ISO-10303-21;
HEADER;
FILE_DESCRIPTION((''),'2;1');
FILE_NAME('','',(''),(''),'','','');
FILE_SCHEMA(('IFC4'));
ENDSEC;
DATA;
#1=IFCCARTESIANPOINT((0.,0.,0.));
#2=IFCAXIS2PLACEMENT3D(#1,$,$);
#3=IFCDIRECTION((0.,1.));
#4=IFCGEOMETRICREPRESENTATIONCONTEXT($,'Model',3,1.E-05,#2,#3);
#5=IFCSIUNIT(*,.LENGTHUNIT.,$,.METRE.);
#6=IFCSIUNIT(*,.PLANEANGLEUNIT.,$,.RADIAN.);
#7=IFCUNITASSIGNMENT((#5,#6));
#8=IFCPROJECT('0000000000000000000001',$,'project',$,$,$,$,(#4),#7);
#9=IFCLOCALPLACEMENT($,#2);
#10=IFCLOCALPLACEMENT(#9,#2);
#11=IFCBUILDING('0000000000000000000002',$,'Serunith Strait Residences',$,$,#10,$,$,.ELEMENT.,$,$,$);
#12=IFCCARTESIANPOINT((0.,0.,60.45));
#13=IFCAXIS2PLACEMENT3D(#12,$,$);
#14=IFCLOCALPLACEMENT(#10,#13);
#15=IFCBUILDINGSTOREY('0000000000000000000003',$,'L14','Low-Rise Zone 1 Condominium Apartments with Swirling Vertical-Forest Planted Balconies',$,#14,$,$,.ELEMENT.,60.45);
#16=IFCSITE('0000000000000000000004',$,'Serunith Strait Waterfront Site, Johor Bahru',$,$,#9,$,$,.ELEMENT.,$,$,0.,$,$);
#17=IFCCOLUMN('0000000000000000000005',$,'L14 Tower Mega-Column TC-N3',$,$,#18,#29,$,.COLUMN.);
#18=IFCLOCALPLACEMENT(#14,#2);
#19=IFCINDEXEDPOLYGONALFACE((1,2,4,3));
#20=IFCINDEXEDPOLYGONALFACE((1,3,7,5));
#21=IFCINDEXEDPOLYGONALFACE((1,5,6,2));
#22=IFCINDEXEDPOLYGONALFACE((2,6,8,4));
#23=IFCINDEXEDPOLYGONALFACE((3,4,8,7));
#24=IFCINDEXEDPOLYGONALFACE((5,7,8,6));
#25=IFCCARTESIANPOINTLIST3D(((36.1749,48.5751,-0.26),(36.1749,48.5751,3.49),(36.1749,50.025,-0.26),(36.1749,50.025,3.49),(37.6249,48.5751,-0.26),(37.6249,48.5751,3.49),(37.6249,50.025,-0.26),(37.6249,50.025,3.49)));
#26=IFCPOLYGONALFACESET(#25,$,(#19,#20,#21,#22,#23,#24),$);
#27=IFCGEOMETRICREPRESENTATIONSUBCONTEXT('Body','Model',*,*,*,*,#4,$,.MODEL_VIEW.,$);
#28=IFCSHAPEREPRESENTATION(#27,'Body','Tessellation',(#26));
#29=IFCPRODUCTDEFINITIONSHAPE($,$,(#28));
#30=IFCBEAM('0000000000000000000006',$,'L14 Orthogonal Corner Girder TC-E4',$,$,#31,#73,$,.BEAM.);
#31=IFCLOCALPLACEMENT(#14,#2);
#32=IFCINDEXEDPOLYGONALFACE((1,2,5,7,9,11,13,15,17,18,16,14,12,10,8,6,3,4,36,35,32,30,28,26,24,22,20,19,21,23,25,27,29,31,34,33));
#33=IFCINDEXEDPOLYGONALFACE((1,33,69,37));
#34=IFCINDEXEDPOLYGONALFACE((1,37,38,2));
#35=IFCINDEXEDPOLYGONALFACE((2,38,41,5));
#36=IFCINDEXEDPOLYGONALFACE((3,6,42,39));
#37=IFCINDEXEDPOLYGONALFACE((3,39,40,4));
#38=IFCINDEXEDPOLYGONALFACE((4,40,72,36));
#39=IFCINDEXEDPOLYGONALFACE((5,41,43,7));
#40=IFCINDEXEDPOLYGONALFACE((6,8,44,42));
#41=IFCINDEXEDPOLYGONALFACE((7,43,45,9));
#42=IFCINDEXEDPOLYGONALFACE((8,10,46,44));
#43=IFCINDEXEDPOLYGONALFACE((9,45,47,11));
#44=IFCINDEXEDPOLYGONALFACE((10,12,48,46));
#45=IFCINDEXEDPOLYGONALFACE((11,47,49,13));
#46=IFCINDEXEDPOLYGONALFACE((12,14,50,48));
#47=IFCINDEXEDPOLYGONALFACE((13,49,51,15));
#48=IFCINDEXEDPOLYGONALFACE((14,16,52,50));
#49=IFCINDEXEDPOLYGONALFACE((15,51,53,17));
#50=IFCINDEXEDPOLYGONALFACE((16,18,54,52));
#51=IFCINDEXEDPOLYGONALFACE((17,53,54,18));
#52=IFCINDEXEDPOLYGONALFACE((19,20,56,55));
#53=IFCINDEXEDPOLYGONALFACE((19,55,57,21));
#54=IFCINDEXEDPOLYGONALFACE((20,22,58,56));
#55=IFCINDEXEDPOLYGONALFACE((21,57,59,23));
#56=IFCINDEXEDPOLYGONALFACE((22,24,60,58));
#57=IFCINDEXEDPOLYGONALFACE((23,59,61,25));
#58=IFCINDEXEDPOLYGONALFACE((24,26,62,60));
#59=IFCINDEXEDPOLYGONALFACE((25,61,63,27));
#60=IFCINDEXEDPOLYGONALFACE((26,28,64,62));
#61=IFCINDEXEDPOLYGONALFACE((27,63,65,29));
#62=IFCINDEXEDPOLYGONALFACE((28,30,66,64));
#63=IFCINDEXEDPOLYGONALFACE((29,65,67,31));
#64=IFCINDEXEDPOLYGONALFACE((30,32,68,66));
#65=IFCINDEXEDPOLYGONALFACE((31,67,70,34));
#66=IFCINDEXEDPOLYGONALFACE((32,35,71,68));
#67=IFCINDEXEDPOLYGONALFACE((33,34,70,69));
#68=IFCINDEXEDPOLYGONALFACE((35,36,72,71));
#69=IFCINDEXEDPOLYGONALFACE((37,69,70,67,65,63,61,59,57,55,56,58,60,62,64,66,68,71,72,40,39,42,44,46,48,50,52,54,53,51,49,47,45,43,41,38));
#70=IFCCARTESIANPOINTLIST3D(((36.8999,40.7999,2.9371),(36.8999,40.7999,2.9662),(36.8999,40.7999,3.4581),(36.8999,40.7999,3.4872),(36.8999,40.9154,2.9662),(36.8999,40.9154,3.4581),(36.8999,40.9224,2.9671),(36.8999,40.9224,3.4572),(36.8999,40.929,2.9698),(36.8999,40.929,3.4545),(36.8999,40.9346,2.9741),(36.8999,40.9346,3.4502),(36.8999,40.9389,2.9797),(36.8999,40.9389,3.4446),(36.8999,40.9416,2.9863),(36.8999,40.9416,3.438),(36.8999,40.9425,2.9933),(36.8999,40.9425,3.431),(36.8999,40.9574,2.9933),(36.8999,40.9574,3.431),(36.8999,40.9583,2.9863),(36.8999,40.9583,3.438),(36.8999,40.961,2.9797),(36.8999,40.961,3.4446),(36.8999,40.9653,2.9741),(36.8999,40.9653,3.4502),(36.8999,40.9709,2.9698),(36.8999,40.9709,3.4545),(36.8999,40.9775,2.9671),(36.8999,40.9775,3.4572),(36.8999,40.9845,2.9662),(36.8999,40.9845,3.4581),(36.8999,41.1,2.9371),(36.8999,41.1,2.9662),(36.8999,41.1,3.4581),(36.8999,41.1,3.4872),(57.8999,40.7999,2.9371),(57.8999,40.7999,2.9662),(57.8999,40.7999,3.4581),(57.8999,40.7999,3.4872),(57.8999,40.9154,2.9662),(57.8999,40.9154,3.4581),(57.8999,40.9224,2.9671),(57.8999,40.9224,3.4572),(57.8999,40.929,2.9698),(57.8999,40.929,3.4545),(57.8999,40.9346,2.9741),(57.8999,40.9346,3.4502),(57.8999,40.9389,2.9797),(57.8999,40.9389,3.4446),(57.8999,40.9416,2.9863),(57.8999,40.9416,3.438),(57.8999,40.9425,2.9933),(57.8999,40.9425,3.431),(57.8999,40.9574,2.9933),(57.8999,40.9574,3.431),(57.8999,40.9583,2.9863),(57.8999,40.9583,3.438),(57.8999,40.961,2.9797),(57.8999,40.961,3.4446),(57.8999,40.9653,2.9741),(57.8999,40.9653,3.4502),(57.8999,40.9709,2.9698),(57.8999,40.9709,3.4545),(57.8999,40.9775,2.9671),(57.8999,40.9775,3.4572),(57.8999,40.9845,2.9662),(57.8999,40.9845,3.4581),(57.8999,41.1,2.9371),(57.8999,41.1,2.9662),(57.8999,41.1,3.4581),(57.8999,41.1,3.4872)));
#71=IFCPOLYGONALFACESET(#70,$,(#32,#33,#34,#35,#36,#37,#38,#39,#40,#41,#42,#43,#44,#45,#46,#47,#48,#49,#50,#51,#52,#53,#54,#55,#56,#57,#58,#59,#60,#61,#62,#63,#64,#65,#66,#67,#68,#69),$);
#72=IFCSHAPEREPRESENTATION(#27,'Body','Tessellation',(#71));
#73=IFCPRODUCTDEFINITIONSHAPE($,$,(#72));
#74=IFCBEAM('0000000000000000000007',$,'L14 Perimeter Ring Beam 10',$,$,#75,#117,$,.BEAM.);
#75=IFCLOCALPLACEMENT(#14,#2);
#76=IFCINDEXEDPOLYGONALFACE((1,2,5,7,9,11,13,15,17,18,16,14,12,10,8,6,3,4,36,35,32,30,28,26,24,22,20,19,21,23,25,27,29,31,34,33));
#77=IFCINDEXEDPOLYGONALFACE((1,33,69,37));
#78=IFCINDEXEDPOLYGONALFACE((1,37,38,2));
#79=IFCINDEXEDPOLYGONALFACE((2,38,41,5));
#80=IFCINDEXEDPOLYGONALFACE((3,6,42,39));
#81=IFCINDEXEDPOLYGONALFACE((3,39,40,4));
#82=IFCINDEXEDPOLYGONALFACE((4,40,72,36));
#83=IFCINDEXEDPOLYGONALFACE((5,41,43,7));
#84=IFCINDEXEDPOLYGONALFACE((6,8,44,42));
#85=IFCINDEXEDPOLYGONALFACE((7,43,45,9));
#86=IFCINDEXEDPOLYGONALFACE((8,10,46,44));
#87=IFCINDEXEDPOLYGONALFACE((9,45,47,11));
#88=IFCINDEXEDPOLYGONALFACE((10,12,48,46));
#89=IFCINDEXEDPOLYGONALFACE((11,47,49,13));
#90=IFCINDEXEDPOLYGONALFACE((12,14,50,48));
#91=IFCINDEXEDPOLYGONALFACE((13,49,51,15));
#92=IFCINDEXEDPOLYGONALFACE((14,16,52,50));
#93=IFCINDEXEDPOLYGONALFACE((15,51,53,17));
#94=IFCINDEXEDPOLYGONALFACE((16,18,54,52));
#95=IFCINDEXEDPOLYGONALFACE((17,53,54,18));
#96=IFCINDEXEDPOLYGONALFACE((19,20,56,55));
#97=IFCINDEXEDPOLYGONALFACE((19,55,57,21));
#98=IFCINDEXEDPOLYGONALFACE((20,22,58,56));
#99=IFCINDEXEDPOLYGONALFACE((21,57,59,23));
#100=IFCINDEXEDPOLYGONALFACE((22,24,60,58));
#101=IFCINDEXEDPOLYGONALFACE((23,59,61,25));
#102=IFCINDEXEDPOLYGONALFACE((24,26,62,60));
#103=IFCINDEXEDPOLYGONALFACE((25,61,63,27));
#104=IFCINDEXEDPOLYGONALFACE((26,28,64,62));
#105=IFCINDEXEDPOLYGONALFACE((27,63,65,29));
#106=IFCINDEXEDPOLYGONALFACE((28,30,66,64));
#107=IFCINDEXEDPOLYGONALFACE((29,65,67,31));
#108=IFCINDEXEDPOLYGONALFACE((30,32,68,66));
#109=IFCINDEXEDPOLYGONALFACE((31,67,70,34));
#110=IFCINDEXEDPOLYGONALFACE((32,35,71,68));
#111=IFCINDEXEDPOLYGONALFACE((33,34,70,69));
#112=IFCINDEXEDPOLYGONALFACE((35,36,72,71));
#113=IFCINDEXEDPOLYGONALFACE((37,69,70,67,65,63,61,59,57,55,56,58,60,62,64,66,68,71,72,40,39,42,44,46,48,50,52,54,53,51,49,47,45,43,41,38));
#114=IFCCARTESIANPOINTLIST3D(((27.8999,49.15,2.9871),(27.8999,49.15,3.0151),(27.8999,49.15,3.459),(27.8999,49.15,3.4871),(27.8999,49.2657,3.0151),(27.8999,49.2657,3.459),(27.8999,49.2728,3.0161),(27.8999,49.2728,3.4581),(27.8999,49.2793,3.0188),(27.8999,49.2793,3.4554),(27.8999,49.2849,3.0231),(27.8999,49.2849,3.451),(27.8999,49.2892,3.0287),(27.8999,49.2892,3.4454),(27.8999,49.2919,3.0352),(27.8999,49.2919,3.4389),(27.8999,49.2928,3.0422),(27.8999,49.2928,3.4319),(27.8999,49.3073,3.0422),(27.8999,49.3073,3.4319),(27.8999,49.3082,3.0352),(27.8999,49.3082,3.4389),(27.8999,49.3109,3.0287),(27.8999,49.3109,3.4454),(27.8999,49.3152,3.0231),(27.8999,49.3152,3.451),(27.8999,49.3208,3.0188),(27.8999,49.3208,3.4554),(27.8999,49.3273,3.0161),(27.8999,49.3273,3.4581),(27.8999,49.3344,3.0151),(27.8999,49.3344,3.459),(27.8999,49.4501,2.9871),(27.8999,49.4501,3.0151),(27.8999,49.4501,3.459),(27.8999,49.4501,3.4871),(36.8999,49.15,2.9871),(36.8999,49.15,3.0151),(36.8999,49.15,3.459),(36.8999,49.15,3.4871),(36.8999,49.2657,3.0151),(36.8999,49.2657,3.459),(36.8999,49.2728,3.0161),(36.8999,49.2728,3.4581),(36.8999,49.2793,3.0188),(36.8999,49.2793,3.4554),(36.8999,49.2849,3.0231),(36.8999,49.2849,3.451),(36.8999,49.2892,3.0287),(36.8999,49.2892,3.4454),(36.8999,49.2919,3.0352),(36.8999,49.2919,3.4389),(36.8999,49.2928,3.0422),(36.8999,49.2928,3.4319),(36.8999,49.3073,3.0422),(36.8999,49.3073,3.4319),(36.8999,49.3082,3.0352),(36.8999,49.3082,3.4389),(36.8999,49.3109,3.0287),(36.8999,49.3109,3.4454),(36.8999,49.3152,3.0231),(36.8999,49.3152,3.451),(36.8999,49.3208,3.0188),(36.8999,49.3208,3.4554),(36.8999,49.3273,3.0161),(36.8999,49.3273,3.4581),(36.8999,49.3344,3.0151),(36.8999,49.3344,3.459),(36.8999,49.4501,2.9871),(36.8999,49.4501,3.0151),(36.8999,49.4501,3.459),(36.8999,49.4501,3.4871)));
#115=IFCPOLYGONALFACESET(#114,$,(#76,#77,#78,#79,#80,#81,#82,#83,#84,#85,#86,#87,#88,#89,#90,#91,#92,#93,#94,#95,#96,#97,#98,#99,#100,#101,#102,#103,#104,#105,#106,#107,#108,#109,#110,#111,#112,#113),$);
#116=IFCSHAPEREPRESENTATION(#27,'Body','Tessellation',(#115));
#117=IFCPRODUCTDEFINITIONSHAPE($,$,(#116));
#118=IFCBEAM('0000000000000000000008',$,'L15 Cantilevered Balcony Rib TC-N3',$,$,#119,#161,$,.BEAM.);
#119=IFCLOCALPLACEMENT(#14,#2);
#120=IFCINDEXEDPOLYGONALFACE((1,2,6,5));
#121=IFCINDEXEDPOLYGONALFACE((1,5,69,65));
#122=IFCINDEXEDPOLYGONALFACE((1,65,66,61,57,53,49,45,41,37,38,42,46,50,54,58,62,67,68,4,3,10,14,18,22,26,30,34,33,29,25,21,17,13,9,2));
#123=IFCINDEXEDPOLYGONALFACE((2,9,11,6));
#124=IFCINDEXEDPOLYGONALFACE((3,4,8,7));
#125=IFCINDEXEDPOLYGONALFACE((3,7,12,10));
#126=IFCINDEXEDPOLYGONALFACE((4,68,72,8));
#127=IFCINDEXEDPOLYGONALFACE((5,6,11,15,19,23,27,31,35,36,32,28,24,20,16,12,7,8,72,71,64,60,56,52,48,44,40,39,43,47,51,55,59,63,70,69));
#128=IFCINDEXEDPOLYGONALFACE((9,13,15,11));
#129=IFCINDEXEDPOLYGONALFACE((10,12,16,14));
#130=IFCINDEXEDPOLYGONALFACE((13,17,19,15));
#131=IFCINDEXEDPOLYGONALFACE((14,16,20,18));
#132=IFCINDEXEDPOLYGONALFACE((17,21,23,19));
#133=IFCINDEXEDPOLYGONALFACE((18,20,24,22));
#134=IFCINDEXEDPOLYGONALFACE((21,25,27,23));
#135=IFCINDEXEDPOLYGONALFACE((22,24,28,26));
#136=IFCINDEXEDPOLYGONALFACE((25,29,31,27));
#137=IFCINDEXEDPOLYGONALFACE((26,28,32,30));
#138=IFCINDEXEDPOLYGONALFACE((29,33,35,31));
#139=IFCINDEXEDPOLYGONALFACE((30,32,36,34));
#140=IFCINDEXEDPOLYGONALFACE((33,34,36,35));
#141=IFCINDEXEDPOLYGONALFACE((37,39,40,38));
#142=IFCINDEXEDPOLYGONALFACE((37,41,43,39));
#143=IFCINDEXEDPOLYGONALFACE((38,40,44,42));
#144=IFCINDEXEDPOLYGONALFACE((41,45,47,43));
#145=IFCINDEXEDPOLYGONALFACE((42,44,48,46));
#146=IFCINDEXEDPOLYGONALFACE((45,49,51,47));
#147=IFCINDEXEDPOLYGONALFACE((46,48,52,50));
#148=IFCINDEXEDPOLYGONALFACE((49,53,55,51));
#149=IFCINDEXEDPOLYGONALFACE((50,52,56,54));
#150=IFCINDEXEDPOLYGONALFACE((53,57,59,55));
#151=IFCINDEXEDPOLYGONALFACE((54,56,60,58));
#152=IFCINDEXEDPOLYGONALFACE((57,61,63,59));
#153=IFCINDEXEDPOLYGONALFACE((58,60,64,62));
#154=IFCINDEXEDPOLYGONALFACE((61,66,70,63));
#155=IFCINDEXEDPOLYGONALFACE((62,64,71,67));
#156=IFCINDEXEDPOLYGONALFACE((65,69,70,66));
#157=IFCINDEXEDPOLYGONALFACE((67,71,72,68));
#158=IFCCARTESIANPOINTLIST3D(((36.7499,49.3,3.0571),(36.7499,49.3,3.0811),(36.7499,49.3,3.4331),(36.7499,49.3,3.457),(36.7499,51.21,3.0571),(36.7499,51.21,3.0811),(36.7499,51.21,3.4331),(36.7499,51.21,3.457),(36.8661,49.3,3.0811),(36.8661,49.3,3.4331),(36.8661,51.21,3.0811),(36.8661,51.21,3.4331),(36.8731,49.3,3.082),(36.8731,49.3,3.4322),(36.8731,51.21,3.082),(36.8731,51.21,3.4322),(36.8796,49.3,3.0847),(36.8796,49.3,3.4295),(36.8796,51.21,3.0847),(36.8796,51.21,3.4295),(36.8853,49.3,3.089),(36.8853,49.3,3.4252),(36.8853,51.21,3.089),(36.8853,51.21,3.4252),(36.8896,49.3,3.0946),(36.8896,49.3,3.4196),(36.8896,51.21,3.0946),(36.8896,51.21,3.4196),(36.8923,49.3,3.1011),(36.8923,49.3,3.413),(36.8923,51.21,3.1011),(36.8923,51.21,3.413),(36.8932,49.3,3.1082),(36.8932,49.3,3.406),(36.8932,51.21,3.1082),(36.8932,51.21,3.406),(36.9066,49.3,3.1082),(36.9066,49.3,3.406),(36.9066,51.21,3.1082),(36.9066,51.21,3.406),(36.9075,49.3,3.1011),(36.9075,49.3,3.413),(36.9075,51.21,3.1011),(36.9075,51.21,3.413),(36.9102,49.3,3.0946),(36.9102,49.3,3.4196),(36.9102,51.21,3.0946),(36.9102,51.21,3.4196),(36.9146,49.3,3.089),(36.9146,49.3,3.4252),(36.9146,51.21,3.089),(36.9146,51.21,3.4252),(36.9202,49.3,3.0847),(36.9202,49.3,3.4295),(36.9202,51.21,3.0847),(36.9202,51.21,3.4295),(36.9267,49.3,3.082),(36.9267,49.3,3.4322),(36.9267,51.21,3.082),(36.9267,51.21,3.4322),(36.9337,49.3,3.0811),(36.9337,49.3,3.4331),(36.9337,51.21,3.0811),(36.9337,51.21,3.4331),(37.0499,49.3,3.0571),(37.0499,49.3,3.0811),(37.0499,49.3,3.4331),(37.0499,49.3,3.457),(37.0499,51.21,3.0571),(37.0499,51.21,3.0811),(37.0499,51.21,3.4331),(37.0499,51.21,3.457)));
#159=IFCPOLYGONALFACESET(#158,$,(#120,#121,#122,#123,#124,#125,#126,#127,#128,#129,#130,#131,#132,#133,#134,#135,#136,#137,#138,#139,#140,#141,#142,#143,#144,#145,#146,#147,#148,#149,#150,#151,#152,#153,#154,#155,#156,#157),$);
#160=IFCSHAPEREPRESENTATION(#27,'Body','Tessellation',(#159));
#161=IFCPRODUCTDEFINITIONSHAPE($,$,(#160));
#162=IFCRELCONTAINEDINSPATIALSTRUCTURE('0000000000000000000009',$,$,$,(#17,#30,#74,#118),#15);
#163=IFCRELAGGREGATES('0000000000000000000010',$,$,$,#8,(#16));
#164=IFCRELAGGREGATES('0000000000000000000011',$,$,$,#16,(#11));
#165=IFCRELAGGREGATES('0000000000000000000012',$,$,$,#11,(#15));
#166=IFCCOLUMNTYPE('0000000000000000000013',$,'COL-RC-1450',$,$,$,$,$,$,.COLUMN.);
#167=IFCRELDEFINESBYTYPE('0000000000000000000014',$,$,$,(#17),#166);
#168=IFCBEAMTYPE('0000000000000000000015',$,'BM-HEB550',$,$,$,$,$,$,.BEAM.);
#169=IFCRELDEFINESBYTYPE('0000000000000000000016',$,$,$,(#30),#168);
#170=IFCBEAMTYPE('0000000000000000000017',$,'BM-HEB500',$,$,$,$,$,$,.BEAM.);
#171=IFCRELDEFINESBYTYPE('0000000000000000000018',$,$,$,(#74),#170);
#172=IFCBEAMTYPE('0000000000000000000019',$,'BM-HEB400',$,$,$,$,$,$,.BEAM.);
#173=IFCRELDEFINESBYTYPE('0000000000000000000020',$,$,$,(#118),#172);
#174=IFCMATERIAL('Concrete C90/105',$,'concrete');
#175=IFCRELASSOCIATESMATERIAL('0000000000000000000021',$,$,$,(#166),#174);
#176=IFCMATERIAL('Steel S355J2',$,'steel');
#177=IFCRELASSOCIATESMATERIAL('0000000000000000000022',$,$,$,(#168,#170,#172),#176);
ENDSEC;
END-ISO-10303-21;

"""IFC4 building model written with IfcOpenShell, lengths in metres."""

from ifc_helpers import new_model, si_unit, direction, frame, origin, origin_2d, place, context, subcontext, project, spatial, rectangle, i_section, extrude, source, transform, mapped, material, material_profile, profile_set, type_object, element, save


model = new_model("IFC4")

# Units and contexts
model_context = context("Model", 3, precision=1e-05, world=origin(), true_north=direction((0.0, 1.0)))
body_context = subcontext(model_context, "Body", "Model", "MODEL_VIEW")
ifc_project = project(units=[si_unit("LENGTHUNIT", "METRE"), si_unit("PLANEANGLEUNIT", "RADIAN")], contexts=[model_context])

# Site, building, storey
site_placement = place(None, origin())
site = spatial("IfcSite", under=ifc_project, at=site_placement, Name="Serunith Strait Waterfront Site, Johor Bahru", CompositionType="ELEMENT", RefElevation=0.0)
building_placement = place(site_placement, origin())
building = spatial("IfcBuilding", under=site, at=building_placement, Name="Serunith Strait Residences", CompositionType="ELEMENT")
storey_placement = place(building_placement, frame((0.0, 0.0, 60.45)))
storey = spatial("IfcBuildingStorey", under=building, at=storey_placement, Name="L14", Description="Low-Rise Zone 1 Condominium Apartments with Swirling Vertical-Forest Planted Balconies", CompositionType="ELEMENT", Elevation=60.45)

# Column
ifc_material_1 = material(Name="Concrete C90/105", Category="concrete")
ifc_material_profile_1 = material_profile(ifc_material_1, rectangle(XDim=1.45, YDim=1.45, at=origin_2d()), Name="RC 1450x1450")
ifc_profile_set_1 = profile_set([ifc_material_profile_1], Name="Concrete C90/105")
column_type = type_object("IfcColumnType", Name="COL-RC-1450", PredefinedType="COLUMN", material=ifc_profile_set_1)
shared_shape_1 = source(origin(), body_context, "Body", "SweptSolid", [
    extrude(rectangle(XDim=1.45, YDim=1.45, at=origin_2d()), origin(), (0.0, 0.0, 1.0), 3.75),
])
column_placement = place(storey_placement, frame((36.8999, 49.3, -0.26), z_axis=(0.0, 0.0, 1.0), x_axis=(1.0, 0.0, 0.0)))
element("IfcColumn", 1, at=column_placement, inside=storey, type_object=column_type, Name="L14 Tower Mega-Column TC-N3", PredefinedType="COLUMN", context=body_context, shape_type="MappedRepresentation", body=[
    mapped(shared_shape_1, transform((0.0, 0.0, 0.0), scale=1.0)),
])

# Beams
ifc_material_2 = material(Name="Steel S355J2", Category="steel")
ifc_material_profile_2 = material_profile(ifc_material_2, i_section(OverallWidth=0.3, OverallDepth=0.55, WebThickness=0.0149, FlangeThickness=0.0291, FilletRadius=0.0271, at=origin_2d()), Name="HEB 550")
ifc_profile_set_2 = profile_set([ifc_material_profile_2], Name="Steel S355J2")
beam_type_1 = type_object("IfcBeamType", Name="BM-HEB550", PredefinedType="BEAM", material=ifc_profile_set_2)
shared_shape_2 = source(origin(), body_context, "Body", "SweptSolid", [
    extrude(i_section(OverallWidth=0.3, OverallDepth=0.55, WebThickness=0.0149, FlangeThickness=0.0291, FilletRadius=0.0271, at=origin_2d()), origin(), (0.0, 0.0, 1.0), 21.0),
])
beam_1_placement = place(storey_placement, frame((36.8999, 40.95, 3.2122), z_axis=(1.0, 0.0, 0.0), x_axis=(0.0, 1.0, 0.0)))
element("IfcBeam", 2, at=beam_1_placement, inside=storey, type_object=beam_type_1, Name="L14 Orthogonal Corner Girder TC-E4", PredefinedType="BEAM", context=body_context, shape_type="MappedRepresentation", body=[
    mapped(shared_shape_2, transform((0.0, 0.0, 0.0), scale=1.0)),
])
ifc_material_profile_3 = material_profile(ifc_material_2, i_section(OverallWidth=0.3, OverallDepth=0.5, WebThickness=0.0144, FlangeThickness=0.0281, FilletRadius=0.0271, at=origin_2d()), Name="HEB 500")
ifc_profile_set_3 = profile_set([ifc_material_profile_3], Name="Steel S355J2")
beam_type_2 = type_object("IfcBeamType", Name="BM-HEB500", PredefinedType="BEAM", material=ifc_profile_set_3)
shared_shape_3 = source(origin(), body_context, "Body", "SweptSolid", [
    extrude(i_section(OverallWidth=0.3, OverallDepth=0.5, WebThickness=0.0144, FlangeThickness=0.0281, FilletRadius=0.0271, at=origin_2d()), origin(), (0.0, 0.0, 1.0), 9.0),
])
beam_2_placement = place(storey_placement, frame((36.8999, 49.3, 3.2371), z_axis=(-1.0, 0.0, 0.0), x_axis=(0.0, -1.0, 0.0)))
element("IfcBeam", 3, at=beam_2_placement, inside=storey, type_object=beam_type_2, Name="L14 Perimeter Ring Beam 10", PredefinedType="BEAM", context=body_context, shape_type="MappedRepresentation", body=[
    mapped(shared_shape_3, transform((0.0, 0.0, 0.0), scale=1.0)),
])
ifc_material_profile_4 = material_profile(ifc_material_2, i_section(OverallWidth=0.3, OverallDepth=0.3999, WebThickness=0.0134, FlangeThickness=0.0239, FilletRadius=0.0271, at=origin_2d()), Name="HEB 400")
ifc_profile_set_4 = profile_set([ifc_material_profile_4], Name="Steel S355J2")
beam_type_3 = type_object("IfcBeamType", Name="BM-HEB400", PredefinedType="BEAM", material=ifc_profile_set_4)
shared_shape_4 = source(origin(), body_context, "Body", "SweptSolid", [
    extrude(i_section(OverallWidth=0.3, OverallDepth=0.3999, WebThickness=0.0134, FlangeThickness=0.0239, FilletRadius=0.0271, at=origin_2d()), origin(), (0.0, 0.0, 1.0), 1.9099),
])
beam_3_placement = place(storey_placement, frame((36.8999, 49.3, 3.2571), z_axis=(0.0, 1.0, 0.0), x_axis=(-1.0, 0.0, 0.0)))
element("IfcBeam", 4, at=beam_3_placement, inside=storey, type_object=beam_type_3, Name="L15 Cantilevered Balcony Rib TC-N3", PredefinedType="BEAM", context=body_context, shape_type="MappedRepresentation", body=[
    mapped(shared_shape_4, transform((0.0, 0.0, 0.0), scale=1.0)),
])

save(model, "model.ifc")
